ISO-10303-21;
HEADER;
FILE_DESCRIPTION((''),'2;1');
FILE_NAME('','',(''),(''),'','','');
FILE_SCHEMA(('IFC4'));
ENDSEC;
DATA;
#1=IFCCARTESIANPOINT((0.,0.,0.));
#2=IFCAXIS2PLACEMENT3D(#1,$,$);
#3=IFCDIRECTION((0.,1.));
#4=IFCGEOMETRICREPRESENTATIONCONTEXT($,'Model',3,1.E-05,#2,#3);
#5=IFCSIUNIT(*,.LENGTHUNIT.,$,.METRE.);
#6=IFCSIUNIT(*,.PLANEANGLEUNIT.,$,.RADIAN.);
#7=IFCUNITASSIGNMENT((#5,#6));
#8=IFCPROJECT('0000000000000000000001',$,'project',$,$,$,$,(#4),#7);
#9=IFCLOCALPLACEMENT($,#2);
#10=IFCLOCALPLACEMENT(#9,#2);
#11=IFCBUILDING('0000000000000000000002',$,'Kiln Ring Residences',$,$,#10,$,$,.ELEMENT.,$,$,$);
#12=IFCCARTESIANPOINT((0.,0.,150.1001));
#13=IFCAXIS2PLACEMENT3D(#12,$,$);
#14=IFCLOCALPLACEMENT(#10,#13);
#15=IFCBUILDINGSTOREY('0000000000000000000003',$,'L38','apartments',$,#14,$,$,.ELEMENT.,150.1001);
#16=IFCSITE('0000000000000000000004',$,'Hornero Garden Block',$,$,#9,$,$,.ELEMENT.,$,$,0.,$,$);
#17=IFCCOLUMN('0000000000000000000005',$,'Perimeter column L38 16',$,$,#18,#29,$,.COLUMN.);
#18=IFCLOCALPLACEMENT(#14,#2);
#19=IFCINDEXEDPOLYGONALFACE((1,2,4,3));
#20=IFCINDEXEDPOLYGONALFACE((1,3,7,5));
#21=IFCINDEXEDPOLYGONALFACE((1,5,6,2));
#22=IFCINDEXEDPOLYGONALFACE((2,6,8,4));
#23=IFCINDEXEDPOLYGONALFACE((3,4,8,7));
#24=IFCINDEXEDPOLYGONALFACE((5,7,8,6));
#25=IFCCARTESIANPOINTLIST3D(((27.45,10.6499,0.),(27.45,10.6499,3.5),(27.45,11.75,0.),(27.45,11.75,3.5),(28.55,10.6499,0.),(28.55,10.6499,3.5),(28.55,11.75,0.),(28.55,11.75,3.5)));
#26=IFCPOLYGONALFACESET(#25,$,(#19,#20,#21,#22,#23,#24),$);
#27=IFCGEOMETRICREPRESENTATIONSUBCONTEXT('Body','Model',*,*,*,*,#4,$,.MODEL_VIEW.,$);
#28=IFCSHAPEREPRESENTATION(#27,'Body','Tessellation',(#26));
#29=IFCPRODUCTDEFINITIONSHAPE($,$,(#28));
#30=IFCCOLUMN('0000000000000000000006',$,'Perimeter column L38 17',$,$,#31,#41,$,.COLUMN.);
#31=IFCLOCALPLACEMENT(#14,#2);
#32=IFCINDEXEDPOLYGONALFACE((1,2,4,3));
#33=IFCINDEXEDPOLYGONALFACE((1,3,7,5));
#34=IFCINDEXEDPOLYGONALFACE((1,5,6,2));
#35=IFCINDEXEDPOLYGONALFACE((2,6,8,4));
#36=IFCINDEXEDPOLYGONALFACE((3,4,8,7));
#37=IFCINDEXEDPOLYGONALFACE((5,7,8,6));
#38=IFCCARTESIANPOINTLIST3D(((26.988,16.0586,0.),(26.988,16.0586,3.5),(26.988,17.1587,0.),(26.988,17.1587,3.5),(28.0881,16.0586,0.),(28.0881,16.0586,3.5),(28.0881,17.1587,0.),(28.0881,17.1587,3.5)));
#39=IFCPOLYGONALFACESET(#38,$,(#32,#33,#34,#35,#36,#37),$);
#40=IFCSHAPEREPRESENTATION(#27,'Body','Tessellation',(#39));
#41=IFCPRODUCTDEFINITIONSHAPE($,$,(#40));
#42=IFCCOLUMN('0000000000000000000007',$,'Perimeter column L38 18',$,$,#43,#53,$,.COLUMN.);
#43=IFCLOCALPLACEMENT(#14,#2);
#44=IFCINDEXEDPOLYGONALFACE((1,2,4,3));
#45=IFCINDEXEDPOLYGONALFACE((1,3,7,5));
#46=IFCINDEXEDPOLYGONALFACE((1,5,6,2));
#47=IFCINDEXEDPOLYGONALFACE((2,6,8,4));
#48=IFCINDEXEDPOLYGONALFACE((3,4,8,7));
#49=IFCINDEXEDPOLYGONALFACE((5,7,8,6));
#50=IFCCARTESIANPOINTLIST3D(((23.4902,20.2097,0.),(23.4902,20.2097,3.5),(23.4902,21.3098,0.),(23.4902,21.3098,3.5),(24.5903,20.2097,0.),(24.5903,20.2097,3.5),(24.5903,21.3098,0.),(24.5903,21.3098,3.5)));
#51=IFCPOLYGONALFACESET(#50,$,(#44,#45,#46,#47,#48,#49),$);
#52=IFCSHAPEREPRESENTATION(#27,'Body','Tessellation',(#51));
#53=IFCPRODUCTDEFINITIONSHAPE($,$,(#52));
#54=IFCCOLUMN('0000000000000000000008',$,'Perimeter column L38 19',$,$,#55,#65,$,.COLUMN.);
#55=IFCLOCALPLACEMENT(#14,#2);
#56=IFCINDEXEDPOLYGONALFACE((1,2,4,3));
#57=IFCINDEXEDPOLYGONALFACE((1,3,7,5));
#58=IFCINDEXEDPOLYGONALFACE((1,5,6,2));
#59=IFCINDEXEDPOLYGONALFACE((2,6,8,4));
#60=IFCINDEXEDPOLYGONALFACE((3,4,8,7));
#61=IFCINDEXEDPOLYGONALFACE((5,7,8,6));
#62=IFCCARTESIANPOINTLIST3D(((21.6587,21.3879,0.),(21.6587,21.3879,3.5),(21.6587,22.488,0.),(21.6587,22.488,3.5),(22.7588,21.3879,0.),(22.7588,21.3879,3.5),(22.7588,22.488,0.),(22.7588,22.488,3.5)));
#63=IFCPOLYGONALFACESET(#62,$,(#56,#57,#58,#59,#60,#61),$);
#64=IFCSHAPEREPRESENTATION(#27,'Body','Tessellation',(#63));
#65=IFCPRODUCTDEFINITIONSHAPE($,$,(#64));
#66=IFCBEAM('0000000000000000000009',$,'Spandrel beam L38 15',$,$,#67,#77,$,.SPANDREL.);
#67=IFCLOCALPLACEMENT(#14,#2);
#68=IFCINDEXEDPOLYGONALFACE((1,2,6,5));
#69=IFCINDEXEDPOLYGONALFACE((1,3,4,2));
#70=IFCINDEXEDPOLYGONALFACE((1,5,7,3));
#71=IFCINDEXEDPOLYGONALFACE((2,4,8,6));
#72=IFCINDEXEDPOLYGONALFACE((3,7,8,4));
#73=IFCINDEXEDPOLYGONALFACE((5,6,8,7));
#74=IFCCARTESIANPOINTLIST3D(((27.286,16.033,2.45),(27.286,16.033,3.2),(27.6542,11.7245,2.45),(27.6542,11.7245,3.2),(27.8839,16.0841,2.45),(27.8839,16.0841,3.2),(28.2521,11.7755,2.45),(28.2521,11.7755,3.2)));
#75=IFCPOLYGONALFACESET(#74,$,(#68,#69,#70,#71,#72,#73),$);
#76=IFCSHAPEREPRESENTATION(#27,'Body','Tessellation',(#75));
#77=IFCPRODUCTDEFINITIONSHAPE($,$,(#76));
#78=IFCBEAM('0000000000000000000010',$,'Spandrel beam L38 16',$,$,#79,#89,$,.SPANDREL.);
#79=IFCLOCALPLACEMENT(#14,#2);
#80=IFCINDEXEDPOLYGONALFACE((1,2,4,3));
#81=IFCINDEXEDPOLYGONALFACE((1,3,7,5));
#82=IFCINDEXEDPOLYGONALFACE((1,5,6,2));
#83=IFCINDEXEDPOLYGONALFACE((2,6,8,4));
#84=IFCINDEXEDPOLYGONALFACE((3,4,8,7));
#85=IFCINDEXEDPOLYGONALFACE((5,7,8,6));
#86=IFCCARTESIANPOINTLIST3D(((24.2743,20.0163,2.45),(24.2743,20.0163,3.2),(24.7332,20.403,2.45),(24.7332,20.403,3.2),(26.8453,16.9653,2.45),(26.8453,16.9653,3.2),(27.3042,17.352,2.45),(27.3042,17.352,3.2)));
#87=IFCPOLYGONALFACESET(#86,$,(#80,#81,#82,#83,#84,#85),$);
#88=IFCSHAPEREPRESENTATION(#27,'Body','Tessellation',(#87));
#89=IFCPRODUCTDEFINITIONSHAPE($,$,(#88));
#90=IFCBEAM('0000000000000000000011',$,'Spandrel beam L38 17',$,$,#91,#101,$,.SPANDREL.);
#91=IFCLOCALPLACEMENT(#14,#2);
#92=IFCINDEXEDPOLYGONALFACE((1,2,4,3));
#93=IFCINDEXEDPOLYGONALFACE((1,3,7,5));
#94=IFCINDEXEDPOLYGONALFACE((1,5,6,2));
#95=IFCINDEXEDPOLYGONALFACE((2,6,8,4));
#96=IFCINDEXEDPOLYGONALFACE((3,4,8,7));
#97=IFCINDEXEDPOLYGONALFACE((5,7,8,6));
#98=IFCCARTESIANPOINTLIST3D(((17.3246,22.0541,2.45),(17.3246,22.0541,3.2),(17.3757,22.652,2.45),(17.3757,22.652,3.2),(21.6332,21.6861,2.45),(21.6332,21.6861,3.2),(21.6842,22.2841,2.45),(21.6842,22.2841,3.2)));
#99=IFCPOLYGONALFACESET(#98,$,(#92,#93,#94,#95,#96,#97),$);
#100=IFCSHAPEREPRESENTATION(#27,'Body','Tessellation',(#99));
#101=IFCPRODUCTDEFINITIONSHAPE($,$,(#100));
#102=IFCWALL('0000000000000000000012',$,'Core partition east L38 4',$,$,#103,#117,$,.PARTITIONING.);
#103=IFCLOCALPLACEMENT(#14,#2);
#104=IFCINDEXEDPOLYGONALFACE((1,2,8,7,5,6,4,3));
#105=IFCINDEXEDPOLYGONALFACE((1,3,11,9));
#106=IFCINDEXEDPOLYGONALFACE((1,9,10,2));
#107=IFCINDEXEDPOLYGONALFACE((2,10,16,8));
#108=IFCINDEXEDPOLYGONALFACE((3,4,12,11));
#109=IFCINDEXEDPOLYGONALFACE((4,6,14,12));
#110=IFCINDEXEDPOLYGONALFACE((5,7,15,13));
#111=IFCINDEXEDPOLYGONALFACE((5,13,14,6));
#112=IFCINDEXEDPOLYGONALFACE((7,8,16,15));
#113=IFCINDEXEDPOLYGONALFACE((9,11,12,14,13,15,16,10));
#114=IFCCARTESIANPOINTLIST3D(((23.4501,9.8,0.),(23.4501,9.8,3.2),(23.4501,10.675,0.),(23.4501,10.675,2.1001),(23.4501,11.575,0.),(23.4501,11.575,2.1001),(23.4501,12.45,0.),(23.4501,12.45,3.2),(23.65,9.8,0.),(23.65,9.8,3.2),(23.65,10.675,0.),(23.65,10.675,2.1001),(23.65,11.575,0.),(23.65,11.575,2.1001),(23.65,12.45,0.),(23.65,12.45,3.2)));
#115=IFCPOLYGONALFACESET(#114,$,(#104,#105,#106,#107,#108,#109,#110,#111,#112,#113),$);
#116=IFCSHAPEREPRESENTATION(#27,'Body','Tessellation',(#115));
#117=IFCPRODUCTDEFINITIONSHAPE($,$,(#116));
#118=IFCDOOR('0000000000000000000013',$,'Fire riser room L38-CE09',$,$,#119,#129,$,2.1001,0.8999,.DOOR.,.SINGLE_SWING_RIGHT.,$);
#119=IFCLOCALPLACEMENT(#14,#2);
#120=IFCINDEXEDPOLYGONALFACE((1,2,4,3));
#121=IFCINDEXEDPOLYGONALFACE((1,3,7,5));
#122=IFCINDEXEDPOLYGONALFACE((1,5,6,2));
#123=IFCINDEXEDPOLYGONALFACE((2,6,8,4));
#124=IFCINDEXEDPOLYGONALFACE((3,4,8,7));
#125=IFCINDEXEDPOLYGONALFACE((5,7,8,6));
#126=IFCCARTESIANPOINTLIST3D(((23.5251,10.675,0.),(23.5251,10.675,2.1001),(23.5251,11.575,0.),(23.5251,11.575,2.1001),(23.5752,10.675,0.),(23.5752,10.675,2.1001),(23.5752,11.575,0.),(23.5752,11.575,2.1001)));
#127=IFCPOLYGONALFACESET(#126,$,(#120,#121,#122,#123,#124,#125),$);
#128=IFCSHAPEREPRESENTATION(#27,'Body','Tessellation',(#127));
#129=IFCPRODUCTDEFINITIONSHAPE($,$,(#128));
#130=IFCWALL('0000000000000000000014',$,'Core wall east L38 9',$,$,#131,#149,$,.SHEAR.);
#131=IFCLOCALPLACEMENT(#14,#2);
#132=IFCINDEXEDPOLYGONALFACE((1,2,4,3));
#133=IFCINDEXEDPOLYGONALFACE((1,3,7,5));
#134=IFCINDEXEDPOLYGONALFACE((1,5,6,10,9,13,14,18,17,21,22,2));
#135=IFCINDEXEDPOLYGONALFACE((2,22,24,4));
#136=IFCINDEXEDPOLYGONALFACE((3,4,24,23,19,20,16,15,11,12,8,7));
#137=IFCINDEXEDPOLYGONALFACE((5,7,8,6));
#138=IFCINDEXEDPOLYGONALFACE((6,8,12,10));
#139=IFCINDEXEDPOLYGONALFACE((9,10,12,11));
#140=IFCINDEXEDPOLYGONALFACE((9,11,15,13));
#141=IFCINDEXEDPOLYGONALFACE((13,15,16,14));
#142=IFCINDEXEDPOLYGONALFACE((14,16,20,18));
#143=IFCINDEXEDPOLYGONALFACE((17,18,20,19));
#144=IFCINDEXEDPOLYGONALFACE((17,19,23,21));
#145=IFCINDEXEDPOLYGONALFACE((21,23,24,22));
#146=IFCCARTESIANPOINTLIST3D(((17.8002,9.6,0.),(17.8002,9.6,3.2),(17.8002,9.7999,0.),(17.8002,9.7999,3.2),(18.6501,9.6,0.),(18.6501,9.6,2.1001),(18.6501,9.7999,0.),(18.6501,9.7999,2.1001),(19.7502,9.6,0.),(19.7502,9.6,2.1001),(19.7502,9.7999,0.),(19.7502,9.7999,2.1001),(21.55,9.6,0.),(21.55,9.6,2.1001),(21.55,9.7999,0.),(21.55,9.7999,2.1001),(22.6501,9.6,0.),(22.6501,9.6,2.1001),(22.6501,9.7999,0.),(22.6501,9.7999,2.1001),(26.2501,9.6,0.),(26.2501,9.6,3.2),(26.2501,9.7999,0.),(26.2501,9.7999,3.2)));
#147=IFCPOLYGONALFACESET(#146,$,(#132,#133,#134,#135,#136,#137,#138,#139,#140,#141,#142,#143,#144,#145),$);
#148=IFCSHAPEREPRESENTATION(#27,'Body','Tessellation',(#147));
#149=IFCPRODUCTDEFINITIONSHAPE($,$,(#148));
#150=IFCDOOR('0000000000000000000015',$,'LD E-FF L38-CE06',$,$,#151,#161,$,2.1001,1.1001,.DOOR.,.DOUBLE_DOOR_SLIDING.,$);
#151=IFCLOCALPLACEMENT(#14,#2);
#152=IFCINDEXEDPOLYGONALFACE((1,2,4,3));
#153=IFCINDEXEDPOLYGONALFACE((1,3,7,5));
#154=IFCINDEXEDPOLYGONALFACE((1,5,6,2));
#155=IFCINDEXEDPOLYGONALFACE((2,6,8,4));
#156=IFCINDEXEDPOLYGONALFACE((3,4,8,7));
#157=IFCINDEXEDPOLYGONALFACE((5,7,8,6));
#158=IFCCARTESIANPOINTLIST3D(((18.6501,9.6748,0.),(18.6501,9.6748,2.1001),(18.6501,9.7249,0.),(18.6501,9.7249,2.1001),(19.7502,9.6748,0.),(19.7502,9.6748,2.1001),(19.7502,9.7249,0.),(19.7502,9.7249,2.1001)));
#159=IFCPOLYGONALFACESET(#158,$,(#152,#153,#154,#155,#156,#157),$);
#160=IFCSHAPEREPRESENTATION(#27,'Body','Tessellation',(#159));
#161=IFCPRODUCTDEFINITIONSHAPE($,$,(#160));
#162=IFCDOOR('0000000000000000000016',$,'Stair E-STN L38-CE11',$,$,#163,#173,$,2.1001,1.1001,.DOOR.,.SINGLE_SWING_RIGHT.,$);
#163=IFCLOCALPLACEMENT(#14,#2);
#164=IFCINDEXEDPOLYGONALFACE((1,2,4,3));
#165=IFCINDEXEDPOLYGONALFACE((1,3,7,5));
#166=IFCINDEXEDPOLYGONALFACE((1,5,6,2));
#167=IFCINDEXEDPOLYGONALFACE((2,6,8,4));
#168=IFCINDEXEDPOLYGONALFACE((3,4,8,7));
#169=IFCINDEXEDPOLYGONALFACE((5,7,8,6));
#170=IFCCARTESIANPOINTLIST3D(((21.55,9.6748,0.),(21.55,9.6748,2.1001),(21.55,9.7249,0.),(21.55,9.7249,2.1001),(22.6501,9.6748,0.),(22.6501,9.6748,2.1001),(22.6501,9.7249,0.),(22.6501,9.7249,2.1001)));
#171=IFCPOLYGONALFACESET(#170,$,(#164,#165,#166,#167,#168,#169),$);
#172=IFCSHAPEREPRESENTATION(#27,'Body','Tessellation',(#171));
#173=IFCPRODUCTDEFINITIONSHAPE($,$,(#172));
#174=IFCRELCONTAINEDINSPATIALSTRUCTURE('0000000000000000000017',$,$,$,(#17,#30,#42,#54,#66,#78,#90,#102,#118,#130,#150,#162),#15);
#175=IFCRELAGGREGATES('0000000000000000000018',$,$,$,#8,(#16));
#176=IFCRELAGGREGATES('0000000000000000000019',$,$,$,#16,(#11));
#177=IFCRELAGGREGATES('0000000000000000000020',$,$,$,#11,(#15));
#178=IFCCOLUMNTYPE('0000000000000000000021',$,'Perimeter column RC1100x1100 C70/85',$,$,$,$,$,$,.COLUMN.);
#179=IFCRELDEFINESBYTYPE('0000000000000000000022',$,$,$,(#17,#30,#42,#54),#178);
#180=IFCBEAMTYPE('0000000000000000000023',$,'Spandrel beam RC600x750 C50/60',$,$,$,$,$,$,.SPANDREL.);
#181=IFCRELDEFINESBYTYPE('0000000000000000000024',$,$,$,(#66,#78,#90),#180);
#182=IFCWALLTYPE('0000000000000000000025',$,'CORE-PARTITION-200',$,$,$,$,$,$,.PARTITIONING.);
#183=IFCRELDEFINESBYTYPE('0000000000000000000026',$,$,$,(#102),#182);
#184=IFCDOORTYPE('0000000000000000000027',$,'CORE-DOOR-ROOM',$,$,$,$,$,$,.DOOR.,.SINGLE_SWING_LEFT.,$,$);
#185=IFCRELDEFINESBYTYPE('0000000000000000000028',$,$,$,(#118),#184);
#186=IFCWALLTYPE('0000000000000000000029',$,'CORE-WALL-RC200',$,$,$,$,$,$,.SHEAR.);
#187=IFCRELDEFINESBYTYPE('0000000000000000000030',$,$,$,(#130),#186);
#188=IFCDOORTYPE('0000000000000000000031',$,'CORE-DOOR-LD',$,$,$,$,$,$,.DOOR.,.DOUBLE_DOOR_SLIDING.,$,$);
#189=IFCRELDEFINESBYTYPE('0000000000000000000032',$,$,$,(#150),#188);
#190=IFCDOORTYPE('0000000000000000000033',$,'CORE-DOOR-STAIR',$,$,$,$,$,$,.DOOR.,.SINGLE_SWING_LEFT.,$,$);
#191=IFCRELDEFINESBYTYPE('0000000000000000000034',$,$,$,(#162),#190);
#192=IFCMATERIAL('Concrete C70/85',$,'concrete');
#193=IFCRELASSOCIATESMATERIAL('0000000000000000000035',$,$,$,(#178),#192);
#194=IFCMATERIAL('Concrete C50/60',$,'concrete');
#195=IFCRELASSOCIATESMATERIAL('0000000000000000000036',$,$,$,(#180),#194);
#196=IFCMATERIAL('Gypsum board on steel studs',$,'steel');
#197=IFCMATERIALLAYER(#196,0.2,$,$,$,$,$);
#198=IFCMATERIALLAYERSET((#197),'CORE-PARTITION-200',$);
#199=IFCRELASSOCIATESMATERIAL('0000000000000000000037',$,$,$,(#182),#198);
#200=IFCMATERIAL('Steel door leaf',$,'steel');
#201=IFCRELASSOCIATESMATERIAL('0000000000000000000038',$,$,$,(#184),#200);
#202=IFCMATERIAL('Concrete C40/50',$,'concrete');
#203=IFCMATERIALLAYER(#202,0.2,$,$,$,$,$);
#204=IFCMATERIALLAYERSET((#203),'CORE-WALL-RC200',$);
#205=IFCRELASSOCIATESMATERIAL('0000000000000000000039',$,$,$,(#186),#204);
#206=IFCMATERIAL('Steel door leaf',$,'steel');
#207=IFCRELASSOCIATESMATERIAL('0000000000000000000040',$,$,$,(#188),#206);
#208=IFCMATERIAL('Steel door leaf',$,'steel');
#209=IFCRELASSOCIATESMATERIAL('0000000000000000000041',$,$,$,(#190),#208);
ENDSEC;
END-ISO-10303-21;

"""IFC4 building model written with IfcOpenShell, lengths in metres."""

from ifc_helpers import new_model, si_unit, direction, frame, frame_2d, origin, origin_2d, place, context, subcontext, project, spatial, rectangle, extrude, material, layer, layer_set, material_profile, profile_set, type_object, element, fill, save


model = new_model("IFC4")

# Units and contexts
model_context = context("Model", 3, precision=1e-05, world=origin(), true_north=direction((0.0, 1.0)))
body_context = subcontext(model_context, "Body", "Model", "MODEL_VIEW")
ifc_project = project(units=[si_unit("LENGTHUNIT", "METRE"), si_unit("PLANEANGLEUNIT", "RADIAN")], contexts=[model_context])

# Site, building, storey
site_placement = place(None, origin())
site = spatial("IfcSite", under=ifc_project, at=site_placement, Name="Hornero Garden Block", CompositionType="ELEMENT", RefElevation=0.0)
building_placement = place(site_placement, origin())
building = spatial("IfcBuilding", under=site, at=building_placement, Name="Kiln Ring Residences", CompositionType="ELEMENT")
storey_placement = place(building_placement, frame((0.0, 0.0, 150.1001)))
storey = spatial("IfcBuildingStorey", under=building, at=storey_placement, Name="L38", Description="apartments", CompositionType="ELEMENT", Elevation=150.1001)

# Columns
ifc_material_1 = material(Name="Concrete C70/85", Category="concrete")
ifc_material_profile_1 = material_profile(ifc_material_1, rectangle(XDim=1.1001, YDim=1.1001, at=origin_2d()), Name="RC1100x1100")
ifc_profile_set_1 = profile_set([ifc_material_profile_1], Name="Concrete C70/85")
column_type = type_object("IfcColumnType", Name="Perimeter column RC1100x1100 C70/85", PredefinedType="COLUMN", material=ifc_profile_set_1)
for number, where, z_axis, x_axis, name in (
    (1, (28.0, 11.2, 0.0), (0.0, 0.0, 1.0), (1.0, 0.0, 0.0), "Perimeter column L38 16"),
    (2, (27.5381, 16.6086, 0.0), (0.0, 0.0, 1.0), (1.0, 0.0, 0.0), "Perimeter column L38 17"),
    (3, (24.0403, 20.7598, 0.0), (0.0, 0.0, 1.0), (1.0, 0.0, 0.0), "Perimeter column L38 18"),
    (4, (22.2087, 21.938, 0.0), (0.0, 0.0, 1.0), (1.0, 0.0, 0.0), "Perimeter column L38 19"),
):
    element("IfcColumn", number, at=place(storey_placement, frame(where, z_axis=z_axis, x_axis=x_axis)), inside=storey, type_object=column_type, Name=name, PredefinedType="COLUMN", context=body_context, shape_type="SweptSolid", body=[
        extrude(rectangle(XDim=1.1001, YDim=1.1001, at=origin_2d()), origin(), (0.0, 0.0, 1.0), 3.5),
    ])

# Beams
ifc_material_2 = material(Name="Concrete C50/60", Category="concrete")
ifc_material_profile_2 = material_profile(ifc_material_2, rectangle(XDim=0.6001, YDim=0.75, at=origin_2d()), Name="RC600x750")
ifc_profile_set_2 = profile_set([ifc_material_profile_2], Name="Concrete C50/60")
beam_type = type_object("IfcBeamType", Name="Spandrel beam RC600x750 C50/60", PredefinedType="SPANDREL", material=ifc_profile_set_2)
beam_1_placement = place(storey_placement, frame((27.9531, 11.75, 2.825), z_axis=(-0.085139, 0.996369, 0.0), x_axis=(-0.996369, -0.085139, 0.0)))
element("IfcBeam", 5, at=beam_1_placement, inside=storey, type_object=beam_type, Name="Spandrel beam L38 15", PredefinedType="SPANDREL", context=body_context, shape_type="SweptSolid", body=[
    extrude(rectangle(XDim=0.6001, YDim=0.75, at=origin_2d()), origin(), (0.0, 0.0, 1.0), 4.3242),
])
beam_2_placement = place(storey_placement, frame((27.0747, 17.1587, 2.825), z_axis=(-0.644394, 0.764694, 0.0), x_axis=(-0.764694, -0.644394, 0.0)))
element("IfcBeam", 6, at=beam_2_placement, inside=storey, type_object=beam_type, Name="Spandrel beam L38 16", PredefinedType="SPANDREL", context=body_context, shape_type="SweptSolid", body=[
    extrude(rectangle(XDim=0.6001, YDim=0.75, at=origin_2d()), origin(), (0.0, 0.0, 1.0), 3.9897),
])
beam_3_placement = place(storey_placement, frame((21.6587, 21.9851, 2.825), z_axis=(-0.996374, 0.085082, 0.0), x_axis=(-0.085082, -0.996374, 0.0)))
element("IfcBeam", 7, at=beam_3_placement, inside=storey, type_object=beam_type, Name="Spandrel beam L38 17", PredefinedType="SPANDREL", context=body_context, shape_type="SweptSolid", body=[
    extrude(rectangle(XDim=0.6001, YDim=0.75, at=origin_2d()), origin(), (0.0, 0.0, 1.0), 4.3242),
])

# Wall, opening, door
ifc_material_3 = material(Name="Gypsum board on steel studs", Category="steel")
ifc_layer_1 = layer(ifc_material_3, 0.2)
ifc_layer_set_1 = layer_set([ifc_layer_1], Name="CORE-PARTITION-200")
wall_type_1 = type_object("IfcWallType", Name="CORE-PARTITION-200", PredefinedType="PARTITIONING", material=ifc_layer_set_1)
wall_1_placement = place(storey_placement, frame((23.55, 9.8, 0.0), z_axis=(0.0, 0.0, 1.0), x_axis=(0.0, 1.0, 0.0)))
wall_1 = element("IfcWall", 8, at=wall_1_placement, inside=storey, type_object=wall_type_1, Name="Core partition east L38 4", PredefinedType="PARTITIONING", context=body_context, shape_type="SweptSolid", body=[
    extrude(rectangle(XDim=2.6499, YDim=0.2, at=frame_2d((1.325, 0.0))), origin(), (0.0, 0.0, 1.0), 3.2),
])
opening_1_placement = place(wall_1_placement, frame((0.875, 0.0, 0.0)))
opening_1 = element("IfcOpeningElement", 9, at=opening_1_placement, cuts=wall_1, PredefinedType="OPENING", context=body_context, shape_type="SweptSolid", body=[
    extrude(rectangle(XDim=0.8999, YDim=2.1001, at=frame_2d((0.45, 1.05))), frame((0.0, 0.1099, 0.0), z_axis=(0.0, -1.0, 0.0), x_axis=(1.0, 0.0, 0.0)), (0.0, 0.0, 1.0), 0.22),
])
ifc_material_4 = material(Name="Steel door leaf", Category="steel")
door_type_1 = type_object("IfcDoorType", Name="CORE-DOOR-ROOM", OperationType="SINGLE_SWING_LEFT", PredefinedType="DOOR", material=ifc_material_4)
door_1_placement = place(opening_1_placement, origin())
door_1 = element("IfcDoor", 10, at=door_1_placement, inside=storey, type_object=door_type_1, Name="Fire riser room L38-CE09", OperationType="SINGLE_SWING_RIGHT", OverallHeight=2.1001, OverallWidth=0.8999, PredefinedType="DOOR", context=body_context, shape_type="SweptSolid", body=[
    extrude(rectangle(XDim=0.8999, YDim=2.1001, at=frame_2d((0.45, 1.05))), frame((0.0, 0.0249, 0.0), z_axis=(0.0, -1.0, 0.0), x_axis=(1.0, 0.0, 0.0)), (0.0, 0.0, 1.0), 0.05),
])
fill(opening_1, door_1)

# Wall, openings, doors
ifc_material_5 = material(Name="Concrete C40/50", Category="concrete")
ifc_layer_2 = layer(ifc_material_5, 0.2)
ifc_layer_set_2 = layer_set([ifc_layer_2], Name="CORE-WALL-RC200")
wall_type_2 = type_object("IfcWallType", Name="CORE-WALL-RC200", PredefinedType="SHEAR", material=ifc_layer_set_2)
wall_2_placement = place(storey_placement, frame((17.8, 9.7, 0.0), z_axis=(0.0, 0.0, 1.0), x_axis=(1.0, 0.0, 0.0)))
wall_2 = element("IfcWall", 11, at=wall_2_placement, inside=storey, type_object=wall_type_2, Name="Core wall east L38 9", PredefinedType="SHEAR", context=body_context, shape_type="SweptSolid", body=[
    extrude(rectangle(XDim=8.45, YDim=0.2, at=frame_2d((4.2251, 0.0))), origin(), (0.0, 0.0, 1.0), 3.2),
])
opening_2_placement = place(wall_2_placement, frame((0.8501, 0.0, 0.0)))
opening_2 = element("IfcOpeningElement", 12, at=opening_2_placement, cuts=wall_2, PredefinedType="OPENING", context=body_context, shape_type="SweptSolid", body=[
    extrude(rectangle(XDim=1.1001, YDim=2.1001, at=frame_2d((0.55, 1.05))), frame((0.0, 0.1099, 0.0), z_axis=(0.0, -1.0, 0.0), x_axis=(1.0, 0.0, 0.0)), (0.0, 0.0, 1.0), 0.22),
])
opening_3_placement = place(wall_2_placement, frame((3.75, 0.0, 0.0)))
opening_3 = element("IfcOpeningElement", 13, at=opening_3_placement, cuts=wall_2, PredefinedType="OPENING", context=body_context, shape_type="SweptSolid", body=[
    extrude(rectangle(XDim=1.1001, YDim=2.1001, at=frame_2d((0.55, 1.05))), frame((0.0, 0.1099, 0.0), z_axis=(0.0, -1.0, 0.0), x_axis=(1.0, 0.0, 0.0)), (0.0, 0.0, 1.0), 0.22),
])
ifc_material_6 = material(Name="Steel door leaf", Category="steel")
door_type_2 = type_object("IfcDoorType", Name="CORE-DOOR-LD", OperationType="DOUBLE_DOOR_SLIDING", PredefinedType="DOOR", material=ifc_material_6)
door_2_placement = place(opening_2_placement, origin())
door_2 = element("IfcDoor", 14, at=door_2_placement, inside=storey, type_object=door_type_2, Name="LD E-FF L38-CE06", OperationType="DOUBLE_DOOR_SLIDING", OverallHeight=2.1001, OverallWidth=1.1001, PredefinedType="DOOR", context=body_context, shape_type="SweptSolid", body=[
    extrude(rectangle(XDim=1.1001, YDim=2.1001, at=frame_2d((0.55, 1.05))), frame((0.0, 0.0249, 0.0), z_axis=(0.0, -1.0, 0.0), x_axis=(1.0, 0.0, 0.0)), (0.0, 0.0, 1.0), 0.05),
])
fill(opening_2, door_2)
ifc_material_7 = material(Name="Steel door leaf", Category="steel")
door_type_3 = type_object("IfcDoorType", Name="CORE-DOOR-STAIR", OperationType="SINGLE_SWING_LEFT", PredefinedType="DOOR", material=ifc_material_7)
door_3_placement = place(opening_3_placement, origin())
door_3 = element("IfcDoor", 15, at=door_3_placement, inside=storey, type_object=door_type_3, Name="Stair E-STN L38-CE11", OperationType="SINGLE_SWING_RIGHT", OverallHeight=2.1001, OverallWidth=1.1001, PredefinedType="DOOR", context=body_context, shape_type="SweptSolid", body=[
    extrude(rectangle(XDim=1.1001, YDim=2.1001, at=frame_2d((0.55, 1.05))), frame((0.0, 0.0249, 0.0), z_axis=(0.0, -1.0, 0.0), x_axis=(1.0, 0.0, 0.0)), (0.0, 0.0, 1.0), 0.05),
])
fill(opening_3, door_3)

save(model, "model.ifc")
